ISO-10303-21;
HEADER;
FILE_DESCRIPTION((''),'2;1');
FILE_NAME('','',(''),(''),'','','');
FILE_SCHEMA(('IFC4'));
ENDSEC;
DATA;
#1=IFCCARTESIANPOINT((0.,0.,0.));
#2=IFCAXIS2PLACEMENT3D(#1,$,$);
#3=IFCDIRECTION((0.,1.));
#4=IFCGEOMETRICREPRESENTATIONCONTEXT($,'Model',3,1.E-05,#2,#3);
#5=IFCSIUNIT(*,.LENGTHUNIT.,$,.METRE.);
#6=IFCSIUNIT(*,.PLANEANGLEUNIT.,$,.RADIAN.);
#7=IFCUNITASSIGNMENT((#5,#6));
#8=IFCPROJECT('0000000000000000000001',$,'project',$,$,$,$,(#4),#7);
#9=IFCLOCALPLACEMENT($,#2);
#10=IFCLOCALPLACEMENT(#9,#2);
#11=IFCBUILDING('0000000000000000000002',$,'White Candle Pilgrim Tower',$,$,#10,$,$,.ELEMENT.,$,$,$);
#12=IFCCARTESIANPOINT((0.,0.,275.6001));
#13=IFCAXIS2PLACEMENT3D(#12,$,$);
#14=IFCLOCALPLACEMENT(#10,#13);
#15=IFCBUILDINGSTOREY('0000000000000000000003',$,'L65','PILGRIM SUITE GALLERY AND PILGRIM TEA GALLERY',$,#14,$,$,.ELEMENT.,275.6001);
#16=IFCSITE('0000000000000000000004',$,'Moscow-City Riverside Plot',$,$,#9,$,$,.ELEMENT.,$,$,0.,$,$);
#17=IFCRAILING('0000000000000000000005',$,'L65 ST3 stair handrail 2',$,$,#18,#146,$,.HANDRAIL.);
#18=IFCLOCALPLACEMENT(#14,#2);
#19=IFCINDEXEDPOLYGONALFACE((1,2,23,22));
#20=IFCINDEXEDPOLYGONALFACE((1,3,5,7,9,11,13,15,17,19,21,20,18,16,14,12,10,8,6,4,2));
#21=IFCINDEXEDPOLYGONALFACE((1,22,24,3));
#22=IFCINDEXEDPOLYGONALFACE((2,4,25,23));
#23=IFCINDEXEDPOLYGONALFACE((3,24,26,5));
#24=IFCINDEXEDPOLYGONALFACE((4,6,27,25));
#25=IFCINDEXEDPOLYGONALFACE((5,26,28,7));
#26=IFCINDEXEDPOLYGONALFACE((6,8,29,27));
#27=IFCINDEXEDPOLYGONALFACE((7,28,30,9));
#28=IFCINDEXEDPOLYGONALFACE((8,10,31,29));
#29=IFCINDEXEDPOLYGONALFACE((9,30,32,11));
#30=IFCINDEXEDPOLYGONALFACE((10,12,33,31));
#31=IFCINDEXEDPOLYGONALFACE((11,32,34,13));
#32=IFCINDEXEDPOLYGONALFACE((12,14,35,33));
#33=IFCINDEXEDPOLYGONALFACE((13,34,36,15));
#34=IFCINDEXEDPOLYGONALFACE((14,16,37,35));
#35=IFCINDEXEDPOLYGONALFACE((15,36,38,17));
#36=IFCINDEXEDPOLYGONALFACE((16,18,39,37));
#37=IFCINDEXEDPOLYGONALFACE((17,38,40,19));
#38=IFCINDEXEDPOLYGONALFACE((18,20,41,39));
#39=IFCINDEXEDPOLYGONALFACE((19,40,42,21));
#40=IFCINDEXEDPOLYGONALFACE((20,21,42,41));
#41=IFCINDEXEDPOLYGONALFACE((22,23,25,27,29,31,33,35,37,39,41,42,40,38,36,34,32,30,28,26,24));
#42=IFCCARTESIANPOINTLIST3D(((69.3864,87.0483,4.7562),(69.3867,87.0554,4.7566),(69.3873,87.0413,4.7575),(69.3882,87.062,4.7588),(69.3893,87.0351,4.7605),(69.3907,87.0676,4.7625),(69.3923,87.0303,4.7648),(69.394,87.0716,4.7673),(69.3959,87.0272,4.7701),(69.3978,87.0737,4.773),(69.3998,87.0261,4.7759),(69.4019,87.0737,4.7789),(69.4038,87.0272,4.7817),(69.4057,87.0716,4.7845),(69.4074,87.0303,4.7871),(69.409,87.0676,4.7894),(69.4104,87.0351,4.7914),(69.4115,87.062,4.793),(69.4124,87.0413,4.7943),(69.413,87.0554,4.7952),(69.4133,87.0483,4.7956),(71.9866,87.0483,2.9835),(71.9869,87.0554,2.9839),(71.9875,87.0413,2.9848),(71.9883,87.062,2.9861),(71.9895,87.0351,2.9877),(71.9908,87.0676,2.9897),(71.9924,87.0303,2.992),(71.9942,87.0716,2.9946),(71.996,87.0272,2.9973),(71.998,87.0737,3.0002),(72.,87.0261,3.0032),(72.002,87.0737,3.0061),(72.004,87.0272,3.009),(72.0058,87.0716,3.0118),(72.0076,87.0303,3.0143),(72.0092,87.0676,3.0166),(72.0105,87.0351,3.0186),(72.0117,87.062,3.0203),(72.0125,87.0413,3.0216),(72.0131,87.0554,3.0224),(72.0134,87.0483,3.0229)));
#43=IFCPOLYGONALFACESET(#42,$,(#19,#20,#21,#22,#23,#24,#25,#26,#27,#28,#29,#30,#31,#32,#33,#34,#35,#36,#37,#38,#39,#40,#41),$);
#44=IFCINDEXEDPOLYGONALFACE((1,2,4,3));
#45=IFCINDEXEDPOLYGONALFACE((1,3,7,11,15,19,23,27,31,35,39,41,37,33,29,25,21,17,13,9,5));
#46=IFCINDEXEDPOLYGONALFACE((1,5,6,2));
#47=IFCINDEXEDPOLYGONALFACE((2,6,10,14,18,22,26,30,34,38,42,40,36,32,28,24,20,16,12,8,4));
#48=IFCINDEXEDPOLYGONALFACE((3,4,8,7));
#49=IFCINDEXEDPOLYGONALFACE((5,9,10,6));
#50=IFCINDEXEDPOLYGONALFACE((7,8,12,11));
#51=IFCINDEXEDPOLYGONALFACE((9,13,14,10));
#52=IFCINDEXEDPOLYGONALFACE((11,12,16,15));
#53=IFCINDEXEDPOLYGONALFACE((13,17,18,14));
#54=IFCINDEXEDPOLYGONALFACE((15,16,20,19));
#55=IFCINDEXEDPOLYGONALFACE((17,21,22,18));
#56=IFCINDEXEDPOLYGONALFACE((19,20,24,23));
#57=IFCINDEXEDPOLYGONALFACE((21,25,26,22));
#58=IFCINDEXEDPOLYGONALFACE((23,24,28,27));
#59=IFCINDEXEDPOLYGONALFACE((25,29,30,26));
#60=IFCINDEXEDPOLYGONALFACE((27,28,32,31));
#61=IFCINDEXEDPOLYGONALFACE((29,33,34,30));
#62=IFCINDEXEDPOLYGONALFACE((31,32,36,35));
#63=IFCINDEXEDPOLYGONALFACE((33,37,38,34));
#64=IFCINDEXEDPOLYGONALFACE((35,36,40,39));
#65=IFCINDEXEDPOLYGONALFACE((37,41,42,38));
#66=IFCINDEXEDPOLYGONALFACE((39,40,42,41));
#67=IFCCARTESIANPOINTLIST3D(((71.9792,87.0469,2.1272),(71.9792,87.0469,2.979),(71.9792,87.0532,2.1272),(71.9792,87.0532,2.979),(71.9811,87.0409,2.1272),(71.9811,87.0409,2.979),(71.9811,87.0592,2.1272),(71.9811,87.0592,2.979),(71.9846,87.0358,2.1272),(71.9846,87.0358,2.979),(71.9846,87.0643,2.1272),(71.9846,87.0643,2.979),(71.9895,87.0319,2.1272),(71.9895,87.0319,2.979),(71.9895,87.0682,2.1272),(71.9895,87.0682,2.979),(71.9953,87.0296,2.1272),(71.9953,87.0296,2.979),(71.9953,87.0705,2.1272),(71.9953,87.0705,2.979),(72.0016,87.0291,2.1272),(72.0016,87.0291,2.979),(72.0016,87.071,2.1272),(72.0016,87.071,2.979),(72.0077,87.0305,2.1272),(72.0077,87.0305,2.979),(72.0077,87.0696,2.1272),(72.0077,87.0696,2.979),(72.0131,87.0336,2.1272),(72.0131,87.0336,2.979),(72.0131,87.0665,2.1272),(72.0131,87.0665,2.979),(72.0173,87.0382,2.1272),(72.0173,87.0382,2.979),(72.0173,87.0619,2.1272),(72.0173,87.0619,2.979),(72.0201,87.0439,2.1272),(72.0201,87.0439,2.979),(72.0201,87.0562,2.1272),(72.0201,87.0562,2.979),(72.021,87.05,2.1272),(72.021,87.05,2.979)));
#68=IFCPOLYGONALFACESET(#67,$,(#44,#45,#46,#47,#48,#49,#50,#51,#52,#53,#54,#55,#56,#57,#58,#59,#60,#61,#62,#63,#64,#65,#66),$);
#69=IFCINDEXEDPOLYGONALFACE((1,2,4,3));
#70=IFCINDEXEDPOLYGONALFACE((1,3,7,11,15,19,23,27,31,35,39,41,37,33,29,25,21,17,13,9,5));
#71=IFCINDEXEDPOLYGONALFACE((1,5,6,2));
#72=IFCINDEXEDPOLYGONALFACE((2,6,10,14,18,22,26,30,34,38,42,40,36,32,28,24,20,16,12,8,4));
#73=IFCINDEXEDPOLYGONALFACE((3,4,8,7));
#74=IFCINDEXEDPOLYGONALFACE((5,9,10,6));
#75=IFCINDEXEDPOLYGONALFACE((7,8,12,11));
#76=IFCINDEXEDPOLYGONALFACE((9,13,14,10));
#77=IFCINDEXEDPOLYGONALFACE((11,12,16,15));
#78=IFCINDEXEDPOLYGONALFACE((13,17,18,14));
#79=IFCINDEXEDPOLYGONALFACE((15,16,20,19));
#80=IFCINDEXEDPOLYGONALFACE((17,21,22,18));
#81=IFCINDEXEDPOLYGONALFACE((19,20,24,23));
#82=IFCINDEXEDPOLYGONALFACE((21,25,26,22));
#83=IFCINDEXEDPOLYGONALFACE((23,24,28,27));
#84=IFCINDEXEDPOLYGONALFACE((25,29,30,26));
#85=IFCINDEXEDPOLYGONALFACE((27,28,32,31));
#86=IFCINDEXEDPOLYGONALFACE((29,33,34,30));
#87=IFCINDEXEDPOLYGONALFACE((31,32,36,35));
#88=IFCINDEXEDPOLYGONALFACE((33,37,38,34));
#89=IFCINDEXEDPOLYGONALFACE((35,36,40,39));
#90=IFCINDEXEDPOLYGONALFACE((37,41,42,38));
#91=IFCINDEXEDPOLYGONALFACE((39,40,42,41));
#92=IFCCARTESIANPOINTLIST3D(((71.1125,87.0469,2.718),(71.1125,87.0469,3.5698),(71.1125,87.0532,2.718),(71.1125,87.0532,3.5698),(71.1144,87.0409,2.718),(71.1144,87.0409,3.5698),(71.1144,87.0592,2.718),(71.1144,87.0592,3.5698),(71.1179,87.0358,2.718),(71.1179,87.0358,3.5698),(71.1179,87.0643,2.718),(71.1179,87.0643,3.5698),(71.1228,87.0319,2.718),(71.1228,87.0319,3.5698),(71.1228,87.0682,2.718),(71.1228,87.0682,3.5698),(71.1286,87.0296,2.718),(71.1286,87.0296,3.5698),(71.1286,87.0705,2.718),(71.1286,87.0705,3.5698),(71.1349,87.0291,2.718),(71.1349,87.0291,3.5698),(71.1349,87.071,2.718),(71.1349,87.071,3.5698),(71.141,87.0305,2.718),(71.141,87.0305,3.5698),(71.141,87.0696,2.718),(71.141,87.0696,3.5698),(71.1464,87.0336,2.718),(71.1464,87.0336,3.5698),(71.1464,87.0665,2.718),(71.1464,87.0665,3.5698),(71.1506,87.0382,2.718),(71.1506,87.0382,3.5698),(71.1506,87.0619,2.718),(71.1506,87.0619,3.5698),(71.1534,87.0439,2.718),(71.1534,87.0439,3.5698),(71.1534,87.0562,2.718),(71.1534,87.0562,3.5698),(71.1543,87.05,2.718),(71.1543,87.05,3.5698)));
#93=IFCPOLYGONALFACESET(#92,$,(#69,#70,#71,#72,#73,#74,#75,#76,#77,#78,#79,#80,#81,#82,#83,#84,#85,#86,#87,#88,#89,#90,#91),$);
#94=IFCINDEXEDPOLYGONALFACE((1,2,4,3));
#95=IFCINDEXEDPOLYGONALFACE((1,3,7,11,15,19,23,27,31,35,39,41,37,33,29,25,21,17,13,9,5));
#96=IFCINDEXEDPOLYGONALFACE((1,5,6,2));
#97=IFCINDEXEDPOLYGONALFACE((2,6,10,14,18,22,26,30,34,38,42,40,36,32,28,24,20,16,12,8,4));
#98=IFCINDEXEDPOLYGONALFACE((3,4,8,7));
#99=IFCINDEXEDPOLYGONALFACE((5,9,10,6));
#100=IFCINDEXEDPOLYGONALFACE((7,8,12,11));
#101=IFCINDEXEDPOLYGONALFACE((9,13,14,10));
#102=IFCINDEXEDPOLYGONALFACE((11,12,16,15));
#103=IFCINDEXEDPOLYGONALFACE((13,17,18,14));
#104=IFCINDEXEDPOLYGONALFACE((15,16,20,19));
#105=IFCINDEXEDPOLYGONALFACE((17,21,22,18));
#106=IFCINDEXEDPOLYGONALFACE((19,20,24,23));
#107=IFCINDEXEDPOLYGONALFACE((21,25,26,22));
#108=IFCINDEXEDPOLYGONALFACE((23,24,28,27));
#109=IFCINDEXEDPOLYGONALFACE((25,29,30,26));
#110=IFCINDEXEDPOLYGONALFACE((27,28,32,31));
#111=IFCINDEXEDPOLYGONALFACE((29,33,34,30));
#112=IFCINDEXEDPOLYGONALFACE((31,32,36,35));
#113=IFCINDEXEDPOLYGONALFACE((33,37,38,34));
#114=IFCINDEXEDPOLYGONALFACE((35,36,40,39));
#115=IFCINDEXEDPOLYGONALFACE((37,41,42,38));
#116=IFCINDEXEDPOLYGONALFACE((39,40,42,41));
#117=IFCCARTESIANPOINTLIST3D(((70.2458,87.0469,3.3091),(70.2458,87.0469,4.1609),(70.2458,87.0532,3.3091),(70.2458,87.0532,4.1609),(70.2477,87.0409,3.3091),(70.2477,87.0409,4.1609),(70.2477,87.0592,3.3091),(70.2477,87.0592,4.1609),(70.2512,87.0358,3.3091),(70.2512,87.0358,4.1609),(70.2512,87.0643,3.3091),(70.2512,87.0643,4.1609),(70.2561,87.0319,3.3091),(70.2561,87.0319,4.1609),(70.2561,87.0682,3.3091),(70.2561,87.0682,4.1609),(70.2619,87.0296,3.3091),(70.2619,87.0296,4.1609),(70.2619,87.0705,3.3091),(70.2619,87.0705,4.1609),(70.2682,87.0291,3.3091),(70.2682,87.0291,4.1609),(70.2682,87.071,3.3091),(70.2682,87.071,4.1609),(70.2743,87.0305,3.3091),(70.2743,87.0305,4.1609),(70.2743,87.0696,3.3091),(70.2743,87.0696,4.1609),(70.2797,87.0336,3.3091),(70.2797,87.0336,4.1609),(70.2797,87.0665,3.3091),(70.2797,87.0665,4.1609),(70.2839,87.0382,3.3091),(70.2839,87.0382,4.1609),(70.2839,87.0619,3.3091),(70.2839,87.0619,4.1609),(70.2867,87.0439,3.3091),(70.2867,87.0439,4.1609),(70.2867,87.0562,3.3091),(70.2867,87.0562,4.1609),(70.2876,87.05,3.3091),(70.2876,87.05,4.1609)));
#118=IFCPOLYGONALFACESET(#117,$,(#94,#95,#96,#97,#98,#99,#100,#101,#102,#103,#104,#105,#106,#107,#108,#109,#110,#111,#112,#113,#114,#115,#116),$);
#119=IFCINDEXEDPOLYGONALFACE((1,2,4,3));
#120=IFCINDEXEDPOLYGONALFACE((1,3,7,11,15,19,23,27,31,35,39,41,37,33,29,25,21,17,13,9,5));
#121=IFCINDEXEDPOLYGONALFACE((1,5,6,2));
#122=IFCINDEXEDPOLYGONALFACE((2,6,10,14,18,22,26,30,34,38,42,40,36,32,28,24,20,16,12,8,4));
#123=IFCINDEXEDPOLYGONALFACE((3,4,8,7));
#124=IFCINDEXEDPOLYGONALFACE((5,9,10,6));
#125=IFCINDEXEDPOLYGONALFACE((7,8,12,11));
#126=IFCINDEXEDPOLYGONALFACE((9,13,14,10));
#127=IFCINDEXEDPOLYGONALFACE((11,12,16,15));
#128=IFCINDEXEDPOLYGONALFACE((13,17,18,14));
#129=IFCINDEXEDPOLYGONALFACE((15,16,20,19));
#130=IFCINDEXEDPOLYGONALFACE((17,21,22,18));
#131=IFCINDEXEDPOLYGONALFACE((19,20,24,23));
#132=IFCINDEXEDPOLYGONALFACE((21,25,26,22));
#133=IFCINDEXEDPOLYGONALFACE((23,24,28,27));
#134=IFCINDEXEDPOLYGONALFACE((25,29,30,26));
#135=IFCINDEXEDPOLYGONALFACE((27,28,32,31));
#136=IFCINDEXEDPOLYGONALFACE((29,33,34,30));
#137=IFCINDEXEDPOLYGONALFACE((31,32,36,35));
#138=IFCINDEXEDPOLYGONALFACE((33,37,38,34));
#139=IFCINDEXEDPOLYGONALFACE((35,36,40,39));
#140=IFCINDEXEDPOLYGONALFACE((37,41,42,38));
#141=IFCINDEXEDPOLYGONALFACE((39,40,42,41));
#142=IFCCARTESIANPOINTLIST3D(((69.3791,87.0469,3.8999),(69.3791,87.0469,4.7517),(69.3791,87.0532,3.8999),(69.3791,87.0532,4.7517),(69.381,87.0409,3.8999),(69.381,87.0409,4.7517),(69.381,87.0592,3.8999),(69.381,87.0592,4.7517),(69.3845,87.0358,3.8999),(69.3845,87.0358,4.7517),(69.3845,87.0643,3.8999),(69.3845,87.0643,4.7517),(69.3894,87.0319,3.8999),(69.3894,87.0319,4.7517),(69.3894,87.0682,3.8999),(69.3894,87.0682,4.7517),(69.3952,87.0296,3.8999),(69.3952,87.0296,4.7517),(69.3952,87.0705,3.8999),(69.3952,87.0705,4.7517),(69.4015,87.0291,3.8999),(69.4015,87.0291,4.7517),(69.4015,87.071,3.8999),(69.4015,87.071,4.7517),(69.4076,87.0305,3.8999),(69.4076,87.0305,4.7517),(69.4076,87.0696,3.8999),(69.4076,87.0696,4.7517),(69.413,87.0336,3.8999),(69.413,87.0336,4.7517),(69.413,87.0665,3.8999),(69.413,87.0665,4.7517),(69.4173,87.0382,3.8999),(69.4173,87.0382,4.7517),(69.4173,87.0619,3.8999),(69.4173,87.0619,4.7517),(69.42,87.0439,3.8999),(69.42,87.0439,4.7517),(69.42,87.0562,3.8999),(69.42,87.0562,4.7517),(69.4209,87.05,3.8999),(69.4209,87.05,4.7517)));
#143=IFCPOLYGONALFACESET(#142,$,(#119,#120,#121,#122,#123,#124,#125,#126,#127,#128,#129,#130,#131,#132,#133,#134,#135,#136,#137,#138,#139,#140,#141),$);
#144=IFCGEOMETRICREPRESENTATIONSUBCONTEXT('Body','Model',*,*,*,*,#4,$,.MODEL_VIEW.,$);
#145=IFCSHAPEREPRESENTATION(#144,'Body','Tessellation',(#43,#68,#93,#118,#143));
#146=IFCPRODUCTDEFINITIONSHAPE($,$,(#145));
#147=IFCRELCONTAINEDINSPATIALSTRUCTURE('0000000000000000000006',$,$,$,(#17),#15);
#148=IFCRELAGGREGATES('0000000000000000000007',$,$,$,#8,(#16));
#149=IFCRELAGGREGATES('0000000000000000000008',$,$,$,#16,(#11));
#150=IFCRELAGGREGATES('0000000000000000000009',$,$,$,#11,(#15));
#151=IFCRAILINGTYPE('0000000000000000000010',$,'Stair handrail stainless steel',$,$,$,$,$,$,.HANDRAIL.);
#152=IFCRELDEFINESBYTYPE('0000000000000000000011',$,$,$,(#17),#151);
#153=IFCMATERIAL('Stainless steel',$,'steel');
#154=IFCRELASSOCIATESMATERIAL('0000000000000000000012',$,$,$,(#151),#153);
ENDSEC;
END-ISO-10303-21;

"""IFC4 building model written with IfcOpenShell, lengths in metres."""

from ifc_helpers import new_model, si_unit, direction, frame, origin, origin_2d, place, context, subcontext, project, spatial, circle, extrude, material, type_object, element, save


model = new_model("IFC4")

# Units and contexts
model_context = context("Model", 3, precision=1e-05, world=origin(), true_north=direction((0.0, 1.0)))
body_context = subcontext(model_context, "Body", "Model", "MODEL_VIEW")
ifc_project = project(units=[si_unit("LENGTHUNIT", "METRE"), si_unit("PLANEANGLEUNIT", "RADIAN")], contexts=[model_context])

# Site, building, storey
site_placement = place(None, origin())
site = spatial("IfcSite", under=ifc_project, at=site_placement, Name="Moscow-City Riverside Plot", CompositionType="ELEMENT", RefElevation=0.0)
building_placement = place(site_placement, origin())
building = spatial("IfcBuilding", under=site, at=building_placement, Name="White Candle Pilgrim Tower", CompositionType="ELEMENT")
storey_placement = place(building_placement, frame((0.0, 0.0, 275.6001)))
storey = spatial("IfcBuildingStorey", under=building, at=storey_placement, Name="L65", Description="PILGRIM SUITE GALLERY AND PILGRIM TEA GALLERY", CompositionType="ELEMENT", Elevation=275.6001)

# Railing
ifc_material_1 = material(Name="Stainless steel", Category="steel")
railing_type_1 = type_object("IfcRailingType", Name="Stair handrail stainless steel", PredefinedType="HANDRAIL", material=ifc_material_1)
railing_1_placement = place(storey_placement, frame((72.0, 87.05, 2.1272)))
element("IfcRailing", 1, at=railing_1_placement, inside=storey, type_object=railing_type_1, Name="L65 ST3 stair handrail 2", PredefinedType="HANDRAIL", context=body_context, shape_type="SweptSolid", body=[
    extrude(circle(Radius=0.0239, at=origin_2d()), frame((0.0, 0.0, 0.876), z_axis=(-0.82624, 0.0, 0.563318), x_axis=(0.0, -1.0, 0.0)), (0.0, 0.0, 1.0), 3.147),
    extrude(circle(Radius=0.021, at=origin_2d()), origin(), (0.0, 0.0, 1.0), 0.8518),
    extrude(circle(Radius=0.021, at=origin_2d()), frame((-0.8667, 0.0, 0.5908)), (0.0, 0.0, 1.0), 0.8518),
    extrude(circle(Radius=0.021, at=origin_2d()), frame((-1.7334, 0.0, 1.1819)), (0.0, 0.0, 1.0), 0.8518),
    extrude(circle(Radius=0.021, at=origin_2d()), frame((-2.6001, 0.0, 1.7727)), (0.0, 0.0, 1.0), 0.8518),
])

save(model, "model.ifc")
